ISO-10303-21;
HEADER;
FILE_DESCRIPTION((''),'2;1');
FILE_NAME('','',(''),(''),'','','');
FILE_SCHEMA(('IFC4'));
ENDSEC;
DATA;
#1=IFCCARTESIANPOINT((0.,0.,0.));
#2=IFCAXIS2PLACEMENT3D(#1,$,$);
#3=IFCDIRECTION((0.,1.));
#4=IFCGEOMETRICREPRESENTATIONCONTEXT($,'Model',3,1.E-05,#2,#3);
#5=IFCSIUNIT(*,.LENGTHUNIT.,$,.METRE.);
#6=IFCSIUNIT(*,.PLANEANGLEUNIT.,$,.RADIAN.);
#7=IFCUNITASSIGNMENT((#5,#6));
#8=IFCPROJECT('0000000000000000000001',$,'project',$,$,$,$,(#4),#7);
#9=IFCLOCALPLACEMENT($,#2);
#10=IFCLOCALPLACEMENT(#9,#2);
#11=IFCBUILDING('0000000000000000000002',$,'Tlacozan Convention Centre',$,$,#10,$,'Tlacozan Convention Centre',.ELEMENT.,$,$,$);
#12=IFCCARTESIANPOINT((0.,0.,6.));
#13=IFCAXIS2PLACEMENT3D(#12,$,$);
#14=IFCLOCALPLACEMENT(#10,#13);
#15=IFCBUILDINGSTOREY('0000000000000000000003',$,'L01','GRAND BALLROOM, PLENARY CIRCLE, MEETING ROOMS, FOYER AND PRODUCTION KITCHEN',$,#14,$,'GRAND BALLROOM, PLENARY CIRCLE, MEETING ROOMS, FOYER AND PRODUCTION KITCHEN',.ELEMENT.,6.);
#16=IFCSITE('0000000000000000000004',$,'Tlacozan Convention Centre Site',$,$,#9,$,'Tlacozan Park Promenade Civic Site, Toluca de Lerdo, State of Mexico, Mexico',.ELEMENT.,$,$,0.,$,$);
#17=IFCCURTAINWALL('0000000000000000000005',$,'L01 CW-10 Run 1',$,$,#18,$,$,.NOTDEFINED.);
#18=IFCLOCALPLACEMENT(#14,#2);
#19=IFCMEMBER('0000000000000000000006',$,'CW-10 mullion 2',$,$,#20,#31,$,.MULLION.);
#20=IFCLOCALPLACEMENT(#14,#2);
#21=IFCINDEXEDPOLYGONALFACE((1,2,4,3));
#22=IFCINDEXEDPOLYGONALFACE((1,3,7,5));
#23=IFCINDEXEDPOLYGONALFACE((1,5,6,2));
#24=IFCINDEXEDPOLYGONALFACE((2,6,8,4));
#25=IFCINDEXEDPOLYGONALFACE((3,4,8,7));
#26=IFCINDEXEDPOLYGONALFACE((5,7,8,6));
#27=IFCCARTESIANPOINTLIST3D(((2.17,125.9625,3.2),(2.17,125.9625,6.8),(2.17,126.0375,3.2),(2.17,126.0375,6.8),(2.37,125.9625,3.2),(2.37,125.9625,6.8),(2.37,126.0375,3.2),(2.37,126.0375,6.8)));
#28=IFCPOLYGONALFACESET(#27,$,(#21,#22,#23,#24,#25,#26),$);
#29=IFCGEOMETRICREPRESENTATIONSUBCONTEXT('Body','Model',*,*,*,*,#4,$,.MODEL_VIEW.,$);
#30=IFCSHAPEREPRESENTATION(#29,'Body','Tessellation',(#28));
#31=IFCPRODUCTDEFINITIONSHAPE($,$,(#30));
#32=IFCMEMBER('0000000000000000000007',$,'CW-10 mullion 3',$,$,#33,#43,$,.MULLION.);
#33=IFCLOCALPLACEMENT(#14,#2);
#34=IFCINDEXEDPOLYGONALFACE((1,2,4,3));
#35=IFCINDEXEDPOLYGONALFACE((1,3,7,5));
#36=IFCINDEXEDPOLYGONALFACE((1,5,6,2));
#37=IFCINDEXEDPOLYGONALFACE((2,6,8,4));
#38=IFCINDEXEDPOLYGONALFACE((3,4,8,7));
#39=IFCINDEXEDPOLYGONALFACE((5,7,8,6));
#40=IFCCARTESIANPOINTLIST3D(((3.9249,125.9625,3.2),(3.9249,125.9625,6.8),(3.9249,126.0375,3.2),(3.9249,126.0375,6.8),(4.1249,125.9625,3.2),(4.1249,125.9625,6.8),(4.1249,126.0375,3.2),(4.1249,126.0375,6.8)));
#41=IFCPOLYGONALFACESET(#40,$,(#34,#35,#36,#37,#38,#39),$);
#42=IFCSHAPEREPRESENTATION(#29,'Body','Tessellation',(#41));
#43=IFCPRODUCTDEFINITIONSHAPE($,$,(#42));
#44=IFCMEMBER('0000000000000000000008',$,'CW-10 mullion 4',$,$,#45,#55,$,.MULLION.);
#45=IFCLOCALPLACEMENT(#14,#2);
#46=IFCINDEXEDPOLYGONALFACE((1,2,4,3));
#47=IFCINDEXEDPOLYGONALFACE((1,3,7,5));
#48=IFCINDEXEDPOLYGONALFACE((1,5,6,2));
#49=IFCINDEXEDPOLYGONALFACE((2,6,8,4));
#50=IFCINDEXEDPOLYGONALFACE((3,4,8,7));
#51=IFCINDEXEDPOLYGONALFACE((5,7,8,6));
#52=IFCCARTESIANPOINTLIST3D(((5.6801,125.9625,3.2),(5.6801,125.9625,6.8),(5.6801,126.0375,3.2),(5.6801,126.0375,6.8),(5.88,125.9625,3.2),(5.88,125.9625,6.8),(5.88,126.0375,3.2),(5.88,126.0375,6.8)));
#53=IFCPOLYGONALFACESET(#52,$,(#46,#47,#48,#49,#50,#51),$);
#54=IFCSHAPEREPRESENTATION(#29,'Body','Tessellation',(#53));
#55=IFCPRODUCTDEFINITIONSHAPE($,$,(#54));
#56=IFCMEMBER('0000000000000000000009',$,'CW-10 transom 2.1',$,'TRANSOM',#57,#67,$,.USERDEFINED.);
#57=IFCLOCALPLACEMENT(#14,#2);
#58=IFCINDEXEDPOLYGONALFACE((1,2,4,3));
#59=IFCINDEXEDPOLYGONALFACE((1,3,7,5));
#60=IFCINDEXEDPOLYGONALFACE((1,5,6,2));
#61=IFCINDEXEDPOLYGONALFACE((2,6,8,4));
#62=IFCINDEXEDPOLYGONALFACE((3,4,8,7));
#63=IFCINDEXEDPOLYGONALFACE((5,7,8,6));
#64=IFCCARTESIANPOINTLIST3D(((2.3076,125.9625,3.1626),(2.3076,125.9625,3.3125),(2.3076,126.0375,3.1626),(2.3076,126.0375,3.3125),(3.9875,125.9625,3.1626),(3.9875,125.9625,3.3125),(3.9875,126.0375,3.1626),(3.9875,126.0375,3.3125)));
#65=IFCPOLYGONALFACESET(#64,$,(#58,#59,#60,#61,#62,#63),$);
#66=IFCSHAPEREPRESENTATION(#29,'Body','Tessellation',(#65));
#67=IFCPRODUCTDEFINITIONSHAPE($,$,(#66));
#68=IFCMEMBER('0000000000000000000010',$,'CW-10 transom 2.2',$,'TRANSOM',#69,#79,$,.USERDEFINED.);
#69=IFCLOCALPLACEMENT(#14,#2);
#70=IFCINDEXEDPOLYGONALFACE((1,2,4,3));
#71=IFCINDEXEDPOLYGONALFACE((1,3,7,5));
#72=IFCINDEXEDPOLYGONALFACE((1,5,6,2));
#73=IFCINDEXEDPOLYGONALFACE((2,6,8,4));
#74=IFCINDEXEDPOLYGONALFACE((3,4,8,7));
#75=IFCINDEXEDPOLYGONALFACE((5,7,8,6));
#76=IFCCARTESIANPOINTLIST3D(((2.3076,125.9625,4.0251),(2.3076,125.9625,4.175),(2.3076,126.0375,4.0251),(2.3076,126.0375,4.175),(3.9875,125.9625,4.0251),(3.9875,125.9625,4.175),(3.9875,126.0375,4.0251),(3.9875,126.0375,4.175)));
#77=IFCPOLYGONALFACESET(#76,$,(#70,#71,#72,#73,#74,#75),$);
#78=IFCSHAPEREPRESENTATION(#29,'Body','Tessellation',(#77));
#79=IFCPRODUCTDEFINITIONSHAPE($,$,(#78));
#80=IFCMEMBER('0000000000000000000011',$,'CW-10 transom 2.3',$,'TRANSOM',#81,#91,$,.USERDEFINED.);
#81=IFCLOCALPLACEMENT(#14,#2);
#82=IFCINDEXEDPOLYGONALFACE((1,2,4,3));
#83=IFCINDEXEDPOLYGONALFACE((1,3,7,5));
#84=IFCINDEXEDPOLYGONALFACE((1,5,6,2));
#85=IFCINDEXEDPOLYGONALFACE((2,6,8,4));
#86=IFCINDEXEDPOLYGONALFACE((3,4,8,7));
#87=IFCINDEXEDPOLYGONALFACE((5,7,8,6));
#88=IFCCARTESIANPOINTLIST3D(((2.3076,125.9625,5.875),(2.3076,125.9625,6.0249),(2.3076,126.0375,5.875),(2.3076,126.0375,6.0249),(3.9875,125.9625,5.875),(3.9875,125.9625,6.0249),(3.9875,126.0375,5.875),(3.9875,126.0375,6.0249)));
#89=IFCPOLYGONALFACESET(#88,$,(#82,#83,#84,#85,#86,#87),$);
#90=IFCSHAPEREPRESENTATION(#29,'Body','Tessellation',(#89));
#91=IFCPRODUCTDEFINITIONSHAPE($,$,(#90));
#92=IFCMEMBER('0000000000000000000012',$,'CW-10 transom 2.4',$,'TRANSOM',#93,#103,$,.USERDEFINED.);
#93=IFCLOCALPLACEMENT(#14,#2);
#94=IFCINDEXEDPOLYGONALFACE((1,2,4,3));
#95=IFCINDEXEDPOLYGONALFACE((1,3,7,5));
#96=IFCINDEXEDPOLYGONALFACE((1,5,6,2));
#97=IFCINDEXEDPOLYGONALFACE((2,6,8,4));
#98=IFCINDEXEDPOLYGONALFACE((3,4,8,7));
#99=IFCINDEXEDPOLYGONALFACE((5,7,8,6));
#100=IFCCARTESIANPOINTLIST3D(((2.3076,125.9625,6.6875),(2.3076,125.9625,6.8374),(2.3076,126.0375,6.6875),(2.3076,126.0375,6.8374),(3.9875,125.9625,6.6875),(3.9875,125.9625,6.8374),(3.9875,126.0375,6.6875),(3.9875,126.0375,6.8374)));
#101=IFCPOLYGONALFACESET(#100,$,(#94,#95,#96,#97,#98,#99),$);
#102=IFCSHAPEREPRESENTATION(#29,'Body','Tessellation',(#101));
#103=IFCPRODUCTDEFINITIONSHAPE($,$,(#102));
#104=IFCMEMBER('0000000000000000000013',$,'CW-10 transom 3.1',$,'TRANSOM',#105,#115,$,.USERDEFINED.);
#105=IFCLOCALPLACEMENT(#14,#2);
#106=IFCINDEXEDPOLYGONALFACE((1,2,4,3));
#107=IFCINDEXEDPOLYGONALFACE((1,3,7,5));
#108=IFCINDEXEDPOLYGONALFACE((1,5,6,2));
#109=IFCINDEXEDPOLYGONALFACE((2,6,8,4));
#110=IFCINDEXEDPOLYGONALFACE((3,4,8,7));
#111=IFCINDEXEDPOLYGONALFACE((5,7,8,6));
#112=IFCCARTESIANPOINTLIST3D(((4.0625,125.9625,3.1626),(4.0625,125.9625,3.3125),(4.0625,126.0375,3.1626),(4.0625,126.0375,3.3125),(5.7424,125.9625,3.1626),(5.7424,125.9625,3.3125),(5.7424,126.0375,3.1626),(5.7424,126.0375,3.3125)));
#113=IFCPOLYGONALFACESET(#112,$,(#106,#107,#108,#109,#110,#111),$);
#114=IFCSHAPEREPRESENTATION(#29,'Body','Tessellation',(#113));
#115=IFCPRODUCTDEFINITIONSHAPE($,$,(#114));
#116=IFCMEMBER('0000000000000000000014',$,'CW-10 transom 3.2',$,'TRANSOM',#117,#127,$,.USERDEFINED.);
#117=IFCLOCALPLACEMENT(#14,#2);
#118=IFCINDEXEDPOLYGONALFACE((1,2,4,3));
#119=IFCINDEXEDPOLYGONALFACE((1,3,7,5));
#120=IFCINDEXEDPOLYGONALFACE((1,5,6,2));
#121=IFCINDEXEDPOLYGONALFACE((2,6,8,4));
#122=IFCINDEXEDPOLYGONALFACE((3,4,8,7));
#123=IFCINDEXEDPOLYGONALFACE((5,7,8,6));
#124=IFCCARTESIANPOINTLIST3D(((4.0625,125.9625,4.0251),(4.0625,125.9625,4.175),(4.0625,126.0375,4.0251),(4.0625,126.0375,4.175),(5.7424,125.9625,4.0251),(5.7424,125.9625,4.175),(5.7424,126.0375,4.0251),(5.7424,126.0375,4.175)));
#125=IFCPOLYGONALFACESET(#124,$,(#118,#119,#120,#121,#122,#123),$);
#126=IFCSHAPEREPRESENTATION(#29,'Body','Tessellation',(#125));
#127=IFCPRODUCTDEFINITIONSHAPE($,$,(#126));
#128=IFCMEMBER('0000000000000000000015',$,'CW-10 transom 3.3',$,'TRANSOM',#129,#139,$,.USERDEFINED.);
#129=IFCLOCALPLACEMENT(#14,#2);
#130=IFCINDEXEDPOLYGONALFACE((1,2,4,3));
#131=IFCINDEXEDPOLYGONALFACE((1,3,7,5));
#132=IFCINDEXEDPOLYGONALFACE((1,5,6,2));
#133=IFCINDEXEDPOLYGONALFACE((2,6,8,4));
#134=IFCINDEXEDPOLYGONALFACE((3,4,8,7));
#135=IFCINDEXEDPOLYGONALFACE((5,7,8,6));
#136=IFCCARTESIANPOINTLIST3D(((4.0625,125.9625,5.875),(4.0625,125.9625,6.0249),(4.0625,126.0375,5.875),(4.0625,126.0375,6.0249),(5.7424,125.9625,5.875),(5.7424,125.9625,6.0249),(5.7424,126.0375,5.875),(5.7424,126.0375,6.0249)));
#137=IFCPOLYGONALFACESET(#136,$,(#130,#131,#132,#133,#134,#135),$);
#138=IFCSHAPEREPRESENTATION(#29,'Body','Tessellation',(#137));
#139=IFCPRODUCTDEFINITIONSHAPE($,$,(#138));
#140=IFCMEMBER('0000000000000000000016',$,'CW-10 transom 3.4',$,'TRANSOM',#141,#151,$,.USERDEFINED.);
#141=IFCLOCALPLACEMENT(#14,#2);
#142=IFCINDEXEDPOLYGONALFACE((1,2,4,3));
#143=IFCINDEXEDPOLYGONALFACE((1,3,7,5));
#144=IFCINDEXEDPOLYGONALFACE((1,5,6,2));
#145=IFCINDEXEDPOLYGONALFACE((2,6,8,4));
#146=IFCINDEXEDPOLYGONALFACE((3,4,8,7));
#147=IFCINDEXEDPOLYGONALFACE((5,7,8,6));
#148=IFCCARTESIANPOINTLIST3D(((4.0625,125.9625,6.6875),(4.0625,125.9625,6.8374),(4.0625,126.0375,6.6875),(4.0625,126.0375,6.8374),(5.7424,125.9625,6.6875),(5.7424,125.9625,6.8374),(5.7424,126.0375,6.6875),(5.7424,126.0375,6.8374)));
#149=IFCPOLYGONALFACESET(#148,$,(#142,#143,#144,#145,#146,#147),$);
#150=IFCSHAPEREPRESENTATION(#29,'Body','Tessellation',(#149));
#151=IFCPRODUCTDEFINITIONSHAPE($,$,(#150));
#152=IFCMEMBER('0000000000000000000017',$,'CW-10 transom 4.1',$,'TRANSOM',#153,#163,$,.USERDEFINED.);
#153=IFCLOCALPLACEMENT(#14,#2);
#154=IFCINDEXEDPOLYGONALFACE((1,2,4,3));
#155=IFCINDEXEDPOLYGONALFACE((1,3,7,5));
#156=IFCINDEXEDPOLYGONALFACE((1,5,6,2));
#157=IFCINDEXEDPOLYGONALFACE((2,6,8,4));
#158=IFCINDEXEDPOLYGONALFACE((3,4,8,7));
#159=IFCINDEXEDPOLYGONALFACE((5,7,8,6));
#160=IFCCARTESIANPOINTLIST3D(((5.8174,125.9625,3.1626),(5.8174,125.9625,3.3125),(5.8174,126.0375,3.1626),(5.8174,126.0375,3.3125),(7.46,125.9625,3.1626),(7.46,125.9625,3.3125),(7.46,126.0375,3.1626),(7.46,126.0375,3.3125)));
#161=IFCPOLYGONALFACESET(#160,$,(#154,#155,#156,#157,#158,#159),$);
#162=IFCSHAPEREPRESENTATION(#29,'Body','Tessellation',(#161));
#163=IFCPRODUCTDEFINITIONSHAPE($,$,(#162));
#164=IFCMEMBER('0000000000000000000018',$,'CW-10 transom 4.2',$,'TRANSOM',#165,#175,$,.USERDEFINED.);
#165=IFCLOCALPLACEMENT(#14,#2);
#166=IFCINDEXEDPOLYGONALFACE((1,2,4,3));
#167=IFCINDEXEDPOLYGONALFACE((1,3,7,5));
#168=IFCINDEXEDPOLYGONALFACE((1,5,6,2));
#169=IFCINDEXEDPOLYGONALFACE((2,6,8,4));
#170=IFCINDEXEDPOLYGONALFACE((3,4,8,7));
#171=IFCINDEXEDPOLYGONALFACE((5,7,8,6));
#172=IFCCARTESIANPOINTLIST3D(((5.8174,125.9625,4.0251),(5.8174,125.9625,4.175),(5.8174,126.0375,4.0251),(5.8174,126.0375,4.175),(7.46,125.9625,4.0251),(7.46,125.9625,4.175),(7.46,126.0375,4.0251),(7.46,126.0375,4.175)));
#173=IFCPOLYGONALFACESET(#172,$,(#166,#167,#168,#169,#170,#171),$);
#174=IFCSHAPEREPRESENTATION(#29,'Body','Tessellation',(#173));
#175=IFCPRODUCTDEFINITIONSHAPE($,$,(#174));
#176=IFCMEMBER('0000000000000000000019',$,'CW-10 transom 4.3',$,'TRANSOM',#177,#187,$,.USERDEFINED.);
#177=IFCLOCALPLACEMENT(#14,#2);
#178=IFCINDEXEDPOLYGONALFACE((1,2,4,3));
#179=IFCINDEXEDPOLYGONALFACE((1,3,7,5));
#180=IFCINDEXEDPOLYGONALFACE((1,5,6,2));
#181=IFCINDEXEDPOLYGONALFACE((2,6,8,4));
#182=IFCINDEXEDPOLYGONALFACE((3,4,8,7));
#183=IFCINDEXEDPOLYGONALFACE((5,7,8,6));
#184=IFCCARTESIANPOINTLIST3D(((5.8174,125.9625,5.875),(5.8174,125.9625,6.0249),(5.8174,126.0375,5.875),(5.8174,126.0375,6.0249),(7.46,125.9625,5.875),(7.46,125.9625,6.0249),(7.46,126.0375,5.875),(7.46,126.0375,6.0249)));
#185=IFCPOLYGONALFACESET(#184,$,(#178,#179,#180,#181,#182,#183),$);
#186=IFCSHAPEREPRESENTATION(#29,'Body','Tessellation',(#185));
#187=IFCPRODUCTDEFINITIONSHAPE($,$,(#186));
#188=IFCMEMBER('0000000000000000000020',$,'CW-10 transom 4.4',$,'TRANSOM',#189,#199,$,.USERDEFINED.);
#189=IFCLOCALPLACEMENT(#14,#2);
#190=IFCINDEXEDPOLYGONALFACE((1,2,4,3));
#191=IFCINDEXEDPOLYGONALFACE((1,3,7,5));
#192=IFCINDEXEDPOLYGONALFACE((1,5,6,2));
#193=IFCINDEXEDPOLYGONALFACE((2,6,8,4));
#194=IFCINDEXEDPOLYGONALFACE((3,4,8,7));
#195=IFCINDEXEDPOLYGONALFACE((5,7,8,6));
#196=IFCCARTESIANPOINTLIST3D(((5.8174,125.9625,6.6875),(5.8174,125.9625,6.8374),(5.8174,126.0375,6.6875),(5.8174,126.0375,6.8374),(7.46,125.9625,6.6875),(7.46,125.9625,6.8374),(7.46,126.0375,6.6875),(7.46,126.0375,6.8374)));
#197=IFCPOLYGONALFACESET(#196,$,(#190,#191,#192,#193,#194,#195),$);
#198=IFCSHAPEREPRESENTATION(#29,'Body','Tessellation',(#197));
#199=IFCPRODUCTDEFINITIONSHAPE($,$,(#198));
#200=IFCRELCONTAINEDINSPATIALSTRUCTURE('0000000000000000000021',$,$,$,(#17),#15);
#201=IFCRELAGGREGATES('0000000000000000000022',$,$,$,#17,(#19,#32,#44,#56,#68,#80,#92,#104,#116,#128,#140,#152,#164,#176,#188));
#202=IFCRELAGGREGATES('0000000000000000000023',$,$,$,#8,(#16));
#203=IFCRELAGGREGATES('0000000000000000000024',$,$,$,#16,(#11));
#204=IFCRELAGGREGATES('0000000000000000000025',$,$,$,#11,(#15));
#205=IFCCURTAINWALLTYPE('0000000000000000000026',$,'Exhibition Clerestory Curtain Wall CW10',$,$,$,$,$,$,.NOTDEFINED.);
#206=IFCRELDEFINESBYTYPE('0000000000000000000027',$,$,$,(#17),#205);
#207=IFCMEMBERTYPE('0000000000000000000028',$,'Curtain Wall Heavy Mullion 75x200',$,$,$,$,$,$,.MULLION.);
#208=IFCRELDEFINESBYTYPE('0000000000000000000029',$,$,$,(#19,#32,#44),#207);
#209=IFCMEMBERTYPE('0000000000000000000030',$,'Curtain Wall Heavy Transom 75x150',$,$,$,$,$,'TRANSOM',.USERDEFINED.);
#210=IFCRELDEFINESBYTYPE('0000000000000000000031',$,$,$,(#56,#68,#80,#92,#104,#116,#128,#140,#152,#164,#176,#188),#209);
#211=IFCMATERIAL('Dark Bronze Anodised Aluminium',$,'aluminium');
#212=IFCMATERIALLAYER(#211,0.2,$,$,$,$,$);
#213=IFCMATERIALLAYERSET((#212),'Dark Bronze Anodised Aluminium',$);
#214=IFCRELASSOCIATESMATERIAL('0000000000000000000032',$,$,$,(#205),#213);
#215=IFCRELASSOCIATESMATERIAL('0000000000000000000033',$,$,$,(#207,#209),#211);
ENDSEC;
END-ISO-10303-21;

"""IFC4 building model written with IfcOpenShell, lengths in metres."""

from ifc_helpers import new_model, si_unit, direction, frame, origin, origin_2d, place, context, subcontext, project, spatial, rectangle, extrude, material, layer, layer_set, material_profile, profile_set, type_object, element, aggregate, save


model = new_model("IFC4")

# Units and contexts
model_context = context("Model", 3, precision=1e-05, world=origin(), true_north=direction((0.0, 1.0)))
body_context = subcontext(model_context, "Body", "Model", "MODEL_VIEW")
ifc_project = project(units=[si_unit("LENGTHUNIT", "METRE"), si_unit("PLANEANGLEUNIT", "RADIAN")], contexts=[model_context])

# Site, building, storey
site_placement = place(None, origin())
site = spatial("IfcSite", under=ifc_project, at=site_placement, Name="Tlacozan Convention Centre Site", LongName="Tlacozan Park Promenade Civic Site, Toluca de Lerdo, State of Mexico, Mexico", CompositionType="ELEMENT", RefElevation=0.0)
building_placement = place(site_placement, origin())
building = spatial("IfcBuilding", under=site, at=building_placement, Name="Tlacozan Convention Centre", LongName="Tlacozan Convention Centre", CompositionType="ELEMENT")
storey_placement = place(building_placement, frame((0.0, 0.0, 6.0)))
storey = spatial("IfcBuildingStorey", under=building, at=storey_placement, Name="L01", Description="GRAND BALLROOM, PLENARY CIRCLE, MEETING ROOMS, FOYER AND PRODUCTION KITCHEN", LongName="GRAND BALLROOM, PLENARY CIRCLE, MEETING ROOMS, FOYER AND PRODUCTION KITCHEN", CompositionType="ELEMENT", Elevation=6.0)

# Curtain wall, members
ifc_material_1 = material(Name="Dark Bronze Anodised Aluminium", Category="aluminium")
ifc_layer_1 = layer(ifc_material_1, 0.2)
ifc_layer_set_1 = layer_set([ifc_layer_1], Name="Dark Bronze Anodised Aluminium")
curtain_wall_type = type_object("IfcCurtainWallType", Name="Exhibition Clerestory Curtain Wall CW10", PredefinedType="NOTDEFINED", material=ifc_layer_set_1)
curtain_wall_placement = place(storey_placement, origin())
curtain_wall = element("IfcCurtainWall", 1, at=curtain_wall_placement, inside=storey, type_object=curtain_wall_type, Name="L01 CW-10 Run 1", PredefinedType="NOTDEFINED")
ifc_material_profile_1 = material_profile(ifc_material_1, rectangle(XDim=0.075, YDim=0.2, at=origin_2d()), Name="ALU 75x200")
ifc_profile_set_1 = profile_set([ifc_material_profile_1], Name="Dark Bronze Anodised Aluminium")
member_type_1 = type_object("IfcMemberType", Name="Curtain Wall Heavy Mullion 75x200", PredefinedType="MULLION", material=ifc_profile_set_1)
member_1_placement = place(storey_placement, frame((2.27, 126.0, 3.2), z_axis=(0.0, 0.0, 1.0), x_axis=(0.0, 1.0, 0.0)))
member_1 = element("IfcMember", 2, at=member_1_placement, type_object=member_type_1, Name="CW-10 mullion 2", PredefinedType="MULLION", context=body_context, shape_type="SweptSolid", body=[
    extrude(rectangle(XDim=0.075, YDim=0.2, at=origin_2d()), origin(), (0.0, 0.0, 1.0), 3.6001),
])
member_2_placement = place(storey_placement, frame((4.0249, 126.0, 3.2), z_axis=(0.0, 0.0, 1.0), x_axis=(0.0, 1.0, 0.0)))
member_2 = element("IfcMember", 3, at=member_2_placement, type_object=member_type_1, Name="CW-10 mullion 3", PredefinedType="MULLION", context=body_context, shape_type="SweptSolid", body=[
    extrude(rectangle(XDim=0.075, YDim=0.2, at=origin_2d()), origin(), (0.0, 0.0, 1.0), 3.6001),
])
member_3_placement = place(storey_placement, frame((5.78, 126.0, 3.2), z_axis=(0.0, 0.0, 1.0), x_axis=(0.0, 1.0, 0.0)))
member_3 = element("IfcMember", 4, at=member_3_placement, type_object=member_type_1, Name="CW-10 mullion 4", PredefinedType="MULLION", context=body_context, shape_type="SweptSolid", body=[
    extrude(rectangle(XDim=0.075, YDim=0.2, at=origin_2d()), origin(), (0.0, 0.0, 1.0), 3.6001),
])
ifc_material_profile_2 = material_profile(ifc_material_1, rectangle(XDim=0.075, YDim=0.1499, at=origin_2d()), Name="ALU 75x150")
ifc_profile_set_2 = profile_set([ifc_material_profile_2], Name="Dark Bronze Anodised Aluminium")
member_type_2 = type_object("IfcMemberType", Name="Curtain Wall Heavy Transom 75x150", ElementType="TRANSOM", PredefinedType="USERDEFINED", material=ifc_profile_set_2)
member_4_placement = place(storey_placement, frame((2.3076, 126.0, 3.2375), z_axis=(1.0, 0.0, 0.0), x_axis=(0.0, 1.0, 0.0)))
member_4 = element("IfcMember", 5, at=member_4_placement, type_object=member_type_2, Name="CW-10 transom 2.1", ObjectType="TRANSOM", PredefinedType="USERDEFINED", context=body_context, shape_type="SweptSolid", body=[
    extrude(rectangle(XDim=0.075, YDim=0.1499, at=origin_2d()), origin(), (0.0, 0.0, 1.0), 1.6799),
])
member_5_placement = place(storey_placement, frame((2.3076, 126.0, 4.1001), z_axis=(1.0, 0.0, 0.0), x_axis=(0.0, 1.0, 0.0)))
member_5 = element("IfcMember", 6, at=member_5_placement, type_object=member_type_2, Name="CW-10 transom 2.2", ObjectType="TRANSOM", PredefinedType="USERDEFINED", context=body_context, shape_type="SweptSolid", body=[
    extrude(rectangle(XDim=0.075, YDim=0.1499, at=origin_2d()), origin(), (0.0, 0.0, 1.0), 1.6799),
])
member_6_placement = place(storey_placement, frame((2.3076, 126.0, 5.95), z_axis=(1.0, 0.0, 0.0), x_axis=(0.0, 1.0, 0.0)))
member_6 = element("IfcMember", 7, at=member_6_placement, type_object=member_type_2, Name="CW-10 transom 2.3", ObjectType="TRANSOM", PredefinedType="USERDEFINED", context=body_context, shape_type="SweptSolid", body=[
    extrude(rectangle(XDim=0.075, YDim=0.1499, at=origin_2d()), origin(), (0.0, 0.0, 1.0), 1.6799),
])
member_7_placement = place(storey_placement, frame((2.3076, 126.0, 6.7625), z_axis=(1.0, 0.0, 0.0), x_axis=(0.0, 1.0, 0.0)))
member_7 = element("IfcMember", 8, at=member_7_placement, type_object=member_type_2, Name="CW-10 transom 2.4", ObjectType="TRANSOM", PredefinedType="USERDEFINED", context=body_context, shape_type="SweptSolid", body=[
    extrude(rectangle(XDim=0.075, YDim=0.1499, at=origin_2d()), origin(), (0.0, 0.0, 1.0), 1.6799),
])
member_8_placement = place(storey_placement, frame((4.0625, 126.0, 3.2375), z_axis=(1.0, 0.0, 0.0), x_axis=(0.0, 1.0, 0.0)))
member_8 = element("IfcMember", 9, at=member_8_placement, type_object=member_type_2, Name="CW-10 transom 3.1", ObjectType="TRANSOM", PredefinedType="USERDEFINED", context=body_context, shape_type="SweptSolid", body=[
    extrude(rectangle(XDim=0.075, YDim=0.1499, at=origin_2d()), origin(), (0.0, 0.0, 1.0), 1.6799),
])
member_9_placement = place(storey_placement, frame((4.0625, 126.0, 4.1001), z_axis=(1.0, 0.0, 0.0), x_axis=(0.0, 1.0, 0.0)))
member_9 = element("IfcMember", 10, at=member_9_placement, type_object=member_type_2, Name="CW-10 transom 3.2", ObjectType="TRANSOM", PredefinedType="USERDEFINED", context=body_context, shape_type="SweptSolid", body=[
    extrude(rectangle(XDim=0.075, YDim=0.1499, at=origin_2d()), origin(), (0.0, 0.0, 1.0), 1.6799),
])
member_10_placement = place(storey_placement, frame((4.0625, 126.0, 5.95), z_axis=(1.0, 0.0, 0.0), x_axis=(0.0, 1.0, 0.0)))
member_10 = element("IfcMember", 11, at=member_10_placement, type_object=member_type_2, Name="CW-10 transom 3.3", ObjectType="TRANSOM", PredefinedType="USERDEFINED", context=body_context, shape_type="SweptSolid", body=[
    extrude(rectangle(XDim=0.075, YDim=0.1499, at=origin_2d()), origin(), (0.0, 0.0, 1.0), 1.6799),
])
member_11_placement = place(storey_placement, frame((4.0625, 126.0, 6.7625), z_axis=(1.0, 0.0, 0.0), x_axis=(0.0, 1.0, 0.0)))
member_11 = element("IfcMember", 12, at=member_11_placement, type_object=member_type_2, Name="CW-10 transom 3.4", ObjectType="TRANSOM", PredefinedType="USERDEFINED", context=body_context, shape_type="SweptSolid", body=[
    extrude(rectangle(XDim=0.075, YDim=0.1499, at=origin_2d()), origin(), (0.0, 0.0, 1.0), 1.6799),
])
member_12_placement = place(storey_placement, frame((5.8174, 126.0, 3.2375), z_axis=(1.0, 0.0, 0.0), x_axis=(0.0, 1.0, 0.0)))
member_12 = element("IfcMember", 13, at=member_12_placement, type_object=member_type_2, Name="CW-10 transom 4.1", ObjectType="TRANSOM", PredefinedType="USERDEFINED", context=body_context, shape_type="SweptSolid", body=[
    extrude(rectangle(XDim=0.075, YDim=0.1499, at=origin_2d()), origin(), (0.0, 0.0, 1.0), 1.6426),
])
member_13_placement = place(storey_placement, frame((5.8174, 126.0, 4.1001), z_axis=(1.0, 0.0, 0.0), x_axis=(0.0, 1.0, 0.0)))
member_13 = element("IfcMember", 14, at=member_13_placement, type_object=member_type_2, Name="CW-10 transom 4.2", ObjectType="TRANSOM", PredefinedType="USERDEFINED", context=body_context, shape_type="SweptSolid", body=[
    extrude(rectangle(XDim=0.075, YDim=0.1499, at=origin_2d()), origin(), (0.0, 0.0, 1.0), 1.6426),
])
member_14_placement = place(storey_placement, frame((5.8174, 126.0, 5.95), z_axis=(1.0, 0.0, 0.0), x_axis=(0.0, 1.0, 0.0)))
member_14 = element("IfcMember", 15, at=member_14_placement, type_object=member_type_2, Name="CW-10 transom 4.3", ObjectType="TRANSOM", PredefinedType="USERDEFINED", context=body_context, shape_type="SweptSolid", body=[
    extrude(rectangle(XDim=0.075, YDim=0.1499, at=origin_2d()), origin(), (0.0, 0.0, 1.0), 1.6426),
])
member_15_placement = place(storey_placement, frame((5.8174, 126.0, 6.7625), z_axis=(1.0, 0.0, 0.0), x_axis=(0.0, 1.0, 0.0)))
member_15 = element("IfcMember", 16, at=member_15_placement, type_object=member_type_2, Name="CW-10 transom 4.4", ObjectType="TRANSOM", PredefinedType="USERDEFINED", context=body_context, shape_type="SweptSolid", body=[
    extrude(rectangle(XDim=0.075, YDim=0.1499, at=origin_2d()), origin(), (0.0, 0.0, 1.0), 1.6426),
])
aggregate(curtain_wall, [member_1, member_2, member_3, member_4, member_5, member_6, member_7, member_8, member_9, member_10, member_11, member_12, member_13, member_14, member_15])

save(model, "model.ifc")
